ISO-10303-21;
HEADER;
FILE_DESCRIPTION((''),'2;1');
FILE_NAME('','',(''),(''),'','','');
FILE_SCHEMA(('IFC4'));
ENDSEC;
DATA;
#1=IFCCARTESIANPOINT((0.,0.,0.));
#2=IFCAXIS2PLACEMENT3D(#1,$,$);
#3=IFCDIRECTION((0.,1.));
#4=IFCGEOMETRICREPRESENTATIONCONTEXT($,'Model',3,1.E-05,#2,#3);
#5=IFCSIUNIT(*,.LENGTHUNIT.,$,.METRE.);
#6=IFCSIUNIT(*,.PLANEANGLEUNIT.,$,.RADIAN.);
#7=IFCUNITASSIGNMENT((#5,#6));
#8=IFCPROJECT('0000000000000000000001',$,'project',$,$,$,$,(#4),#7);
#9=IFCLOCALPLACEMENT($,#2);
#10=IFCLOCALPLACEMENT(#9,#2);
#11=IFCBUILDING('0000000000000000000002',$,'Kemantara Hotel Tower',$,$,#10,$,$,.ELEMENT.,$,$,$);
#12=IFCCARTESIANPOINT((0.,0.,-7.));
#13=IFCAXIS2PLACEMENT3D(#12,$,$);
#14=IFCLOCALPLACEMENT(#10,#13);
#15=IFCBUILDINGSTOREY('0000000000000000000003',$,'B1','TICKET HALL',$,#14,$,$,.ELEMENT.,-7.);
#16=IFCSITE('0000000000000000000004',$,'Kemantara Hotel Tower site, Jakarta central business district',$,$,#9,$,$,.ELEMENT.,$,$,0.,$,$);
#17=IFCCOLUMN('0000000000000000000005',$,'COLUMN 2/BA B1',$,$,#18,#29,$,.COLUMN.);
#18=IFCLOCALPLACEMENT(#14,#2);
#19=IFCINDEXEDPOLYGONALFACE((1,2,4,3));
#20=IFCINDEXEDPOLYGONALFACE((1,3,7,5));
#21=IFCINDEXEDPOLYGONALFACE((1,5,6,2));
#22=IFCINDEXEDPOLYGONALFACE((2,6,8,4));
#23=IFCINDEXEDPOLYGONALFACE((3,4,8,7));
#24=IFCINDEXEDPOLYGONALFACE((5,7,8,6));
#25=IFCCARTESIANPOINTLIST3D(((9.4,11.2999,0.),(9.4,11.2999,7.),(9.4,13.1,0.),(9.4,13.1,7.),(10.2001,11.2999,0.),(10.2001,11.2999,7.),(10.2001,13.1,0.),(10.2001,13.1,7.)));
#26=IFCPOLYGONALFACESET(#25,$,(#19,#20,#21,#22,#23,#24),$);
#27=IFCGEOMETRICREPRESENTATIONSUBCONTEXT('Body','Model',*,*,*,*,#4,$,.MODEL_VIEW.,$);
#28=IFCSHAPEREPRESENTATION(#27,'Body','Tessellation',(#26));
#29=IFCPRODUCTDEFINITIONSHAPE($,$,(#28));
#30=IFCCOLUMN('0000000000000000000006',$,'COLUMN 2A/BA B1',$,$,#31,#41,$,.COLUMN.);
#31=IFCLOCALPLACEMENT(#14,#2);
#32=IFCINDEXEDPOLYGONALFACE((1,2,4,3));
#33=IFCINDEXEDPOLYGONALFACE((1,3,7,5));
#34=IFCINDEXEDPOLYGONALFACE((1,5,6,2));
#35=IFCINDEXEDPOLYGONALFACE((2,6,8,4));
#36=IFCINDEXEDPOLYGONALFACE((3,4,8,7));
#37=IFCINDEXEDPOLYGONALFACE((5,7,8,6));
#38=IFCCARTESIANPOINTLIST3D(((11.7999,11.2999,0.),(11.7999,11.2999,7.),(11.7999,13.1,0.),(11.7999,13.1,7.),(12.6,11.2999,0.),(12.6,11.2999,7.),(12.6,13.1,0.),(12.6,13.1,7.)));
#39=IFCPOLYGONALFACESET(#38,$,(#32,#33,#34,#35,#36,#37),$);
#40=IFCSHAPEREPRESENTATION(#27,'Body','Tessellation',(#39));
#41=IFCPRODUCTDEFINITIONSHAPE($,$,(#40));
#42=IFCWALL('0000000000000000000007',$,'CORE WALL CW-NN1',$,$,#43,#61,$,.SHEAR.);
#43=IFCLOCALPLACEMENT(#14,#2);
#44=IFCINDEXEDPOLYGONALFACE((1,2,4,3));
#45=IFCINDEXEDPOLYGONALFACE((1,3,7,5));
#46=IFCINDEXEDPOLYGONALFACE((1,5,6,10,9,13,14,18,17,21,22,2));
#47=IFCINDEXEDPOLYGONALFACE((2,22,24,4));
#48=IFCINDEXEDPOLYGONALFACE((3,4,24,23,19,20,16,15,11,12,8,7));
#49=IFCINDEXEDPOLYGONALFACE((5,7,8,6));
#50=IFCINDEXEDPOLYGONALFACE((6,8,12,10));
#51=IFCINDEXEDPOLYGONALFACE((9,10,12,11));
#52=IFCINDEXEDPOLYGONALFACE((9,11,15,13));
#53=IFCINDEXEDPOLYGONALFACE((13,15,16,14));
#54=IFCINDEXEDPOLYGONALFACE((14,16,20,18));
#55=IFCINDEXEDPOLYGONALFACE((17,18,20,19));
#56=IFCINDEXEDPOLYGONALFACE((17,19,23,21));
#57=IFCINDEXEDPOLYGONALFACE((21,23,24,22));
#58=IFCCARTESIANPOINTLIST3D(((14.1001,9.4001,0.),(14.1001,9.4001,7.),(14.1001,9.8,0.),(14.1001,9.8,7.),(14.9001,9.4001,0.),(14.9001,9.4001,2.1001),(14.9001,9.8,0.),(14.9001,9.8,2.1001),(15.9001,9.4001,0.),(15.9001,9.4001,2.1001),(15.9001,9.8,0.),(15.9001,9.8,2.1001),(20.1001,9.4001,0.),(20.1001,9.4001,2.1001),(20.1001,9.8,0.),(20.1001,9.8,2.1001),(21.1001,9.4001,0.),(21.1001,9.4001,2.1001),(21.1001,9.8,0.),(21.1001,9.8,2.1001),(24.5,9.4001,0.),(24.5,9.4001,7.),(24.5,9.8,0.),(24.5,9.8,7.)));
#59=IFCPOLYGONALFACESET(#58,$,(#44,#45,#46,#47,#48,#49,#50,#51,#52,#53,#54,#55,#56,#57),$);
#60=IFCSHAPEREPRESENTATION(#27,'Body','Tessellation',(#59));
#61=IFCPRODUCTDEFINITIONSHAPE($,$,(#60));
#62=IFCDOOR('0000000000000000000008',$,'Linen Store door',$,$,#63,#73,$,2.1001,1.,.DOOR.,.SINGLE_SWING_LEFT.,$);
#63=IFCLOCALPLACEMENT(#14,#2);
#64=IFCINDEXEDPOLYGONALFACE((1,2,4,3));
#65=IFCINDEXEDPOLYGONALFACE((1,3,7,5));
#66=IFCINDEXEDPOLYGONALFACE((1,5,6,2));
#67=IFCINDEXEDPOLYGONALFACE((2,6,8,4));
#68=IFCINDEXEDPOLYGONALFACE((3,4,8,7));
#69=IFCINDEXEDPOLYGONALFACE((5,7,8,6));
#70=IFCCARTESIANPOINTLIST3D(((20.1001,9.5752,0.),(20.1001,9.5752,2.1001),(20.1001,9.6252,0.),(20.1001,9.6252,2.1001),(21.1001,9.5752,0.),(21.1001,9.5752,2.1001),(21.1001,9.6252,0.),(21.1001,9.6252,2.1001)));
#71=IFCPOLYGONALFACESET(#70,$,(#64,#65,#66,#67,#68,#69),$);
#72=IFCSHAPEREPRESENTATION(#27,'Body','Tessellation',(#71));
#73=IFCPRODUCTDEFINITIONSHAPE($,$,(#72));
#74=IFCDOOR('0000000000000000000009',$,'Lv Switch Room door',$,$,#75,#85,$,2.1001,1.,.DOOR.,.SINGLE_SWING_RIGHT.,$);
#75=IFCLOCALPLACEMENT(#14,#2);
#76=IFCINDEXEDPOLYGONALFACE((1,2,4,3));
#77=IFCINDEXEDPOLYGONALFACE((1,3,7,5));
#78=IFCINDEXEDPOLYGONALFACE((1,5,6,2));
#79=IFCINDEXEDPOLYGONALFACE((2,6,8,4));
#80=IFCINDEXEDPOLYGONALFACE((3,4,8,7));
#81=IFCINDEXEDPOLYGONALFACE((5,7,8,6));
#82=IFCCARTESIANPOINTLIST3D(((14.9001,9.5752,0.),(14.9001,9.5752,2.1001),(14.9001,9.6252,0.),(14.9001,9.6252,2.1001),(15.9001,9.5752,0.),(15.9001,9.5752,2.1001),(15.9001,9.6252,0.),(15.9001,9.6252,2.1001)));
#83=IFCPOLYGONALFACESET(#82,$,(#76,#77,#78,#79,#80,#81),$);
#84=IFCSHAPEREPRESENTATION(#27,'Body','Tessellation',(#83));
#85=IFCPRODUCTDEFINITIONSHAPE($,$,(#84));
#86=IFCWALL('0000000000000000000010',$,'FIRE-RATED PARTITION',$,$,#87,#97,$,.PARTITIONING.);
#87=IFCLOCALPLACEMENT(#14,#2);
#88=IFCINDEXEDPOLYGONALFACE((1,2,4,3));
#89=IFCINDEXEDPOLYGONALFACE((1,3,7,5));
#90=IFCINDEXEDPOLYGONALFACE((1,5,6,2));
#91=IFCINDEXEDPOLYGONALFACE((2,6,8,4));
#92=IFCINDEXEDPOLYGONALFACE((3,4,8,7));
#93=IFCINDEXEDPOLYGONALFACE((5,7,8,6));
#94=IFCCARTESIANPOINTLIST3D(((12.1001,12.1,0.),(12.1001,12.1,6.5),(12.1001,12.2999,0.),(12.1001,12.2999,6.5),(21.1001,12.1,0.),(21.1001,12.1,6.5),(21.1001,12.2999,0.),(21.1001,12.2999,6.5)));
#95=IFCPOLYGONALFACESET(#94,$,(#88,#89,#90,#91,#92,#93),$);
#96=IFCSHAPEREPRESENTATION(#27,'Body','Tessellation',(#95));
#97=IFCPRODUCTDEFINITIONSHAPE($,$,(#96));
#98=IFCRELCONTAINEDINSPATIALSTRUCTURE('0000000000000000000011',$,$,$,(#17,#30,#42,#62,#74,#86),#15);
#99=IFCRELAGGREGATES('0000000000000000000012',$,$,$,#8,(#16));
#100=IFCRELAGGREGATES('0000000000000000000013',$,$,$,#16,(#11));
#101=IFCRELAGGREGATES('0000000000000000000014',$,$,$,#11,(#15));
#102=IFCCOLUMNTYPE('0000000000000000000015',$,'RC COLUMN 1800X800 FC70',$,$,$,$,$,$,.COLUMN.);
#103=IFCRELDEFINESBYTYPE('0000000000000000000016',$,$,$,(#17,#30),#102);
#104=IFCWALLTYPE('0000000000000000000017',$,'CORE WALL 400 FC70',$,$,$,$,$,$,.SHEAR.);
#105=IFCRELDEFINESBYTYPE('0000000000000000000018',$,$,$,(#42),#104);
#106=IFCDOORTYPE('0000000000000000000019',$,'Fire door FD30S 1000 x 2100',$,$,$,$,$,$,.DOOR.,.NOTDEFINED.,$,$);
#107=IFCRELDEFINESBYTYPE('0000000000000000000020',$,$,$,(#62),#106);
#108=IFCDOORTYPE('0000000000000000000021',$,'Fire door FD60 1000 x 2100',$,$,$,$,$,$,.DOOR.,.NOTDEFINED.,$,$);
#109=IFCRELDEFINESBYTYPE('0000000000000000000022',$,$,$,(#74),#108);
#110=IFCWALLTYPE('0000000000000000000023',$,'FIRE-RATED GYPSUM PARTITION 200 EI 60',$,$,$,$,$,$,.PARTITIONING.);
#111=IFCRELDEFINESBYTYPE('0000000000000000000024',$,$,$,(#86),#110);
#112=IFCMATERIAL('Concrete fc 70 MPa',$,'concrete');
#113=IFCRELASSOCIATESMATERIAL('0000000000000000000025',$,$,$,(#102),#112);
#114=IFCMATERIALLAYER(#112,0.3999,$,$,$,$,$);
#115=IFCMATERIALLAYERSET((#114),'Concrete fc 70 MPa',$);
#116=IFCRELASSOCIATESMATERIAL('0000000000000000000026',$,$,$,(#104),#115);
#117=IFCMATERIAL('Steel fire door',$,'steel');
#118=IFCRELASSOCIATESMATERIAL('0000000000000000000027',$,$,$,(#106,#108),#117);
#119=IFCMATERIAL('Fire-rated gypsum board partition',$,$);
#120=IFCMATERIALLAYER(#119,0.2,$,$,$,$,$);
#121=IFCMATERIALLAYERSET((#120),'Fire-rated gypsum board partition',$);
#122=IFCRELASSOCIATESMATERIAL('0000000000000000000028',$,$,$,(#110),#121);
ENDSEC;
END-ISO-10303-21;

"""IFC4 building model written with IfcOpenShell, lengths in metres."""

from ifc_helpers import new_model, si_unit, direction, frame, frame_2d, origin, origin_2d, place, context, subcontext, project, spatial, rectangle, extrude, material, layer, layer_set, material_profile, profile_set, type_object, element, fill, save


model = new_model("IFC4")

# Units and contexts
model_context = context("Model", 3, precision=1e-05, world=origin(), true_north=direction((0.0, 1.0)))
body_context = subcontext(model_context, "Body", "Model", "MODEL_VIEW")
ifc_project = project(units=[si_unit("LENGTHUNIT", "METRE"), si_unit("PLANEANGLEUNIT", "RADIAN")], contexts=[model_context])

# Site, building, storey
site_placement = place(None, origin())
site = spatial("IfcSite", under=ifc_project, at=site_placement, Name="Kemantara Hotel Tower site, Jakarta central business district", CompositionType="ELEMENT", RefElevation=0.0)
building_placement = place(site_placement, origin())
building = spatial("IfcBuilding", under=site, at=building_placement, Name="Kemantara Hotel Tower", CompositionType="ELEMENT")
storey_placement = place(building_placement, frame((0.0, 0.0, -7.0)))
storey = spatial("IfcBuildingStorey", under=building, at=storey_placement, Name="B1", Description="TICKET HALL", CompositionType="ELEMENT", Elevation=-7.0)

# Columns
ifc_material_1 = material(Name="Concrete fc 70 MPa", Category="concrete")
ifc_material_profile = material_profile(ifc_material_1, rectangle(XDim=1.8, YDim=0.8, at=origin_2d()), Name="RC 1800X800")
ifc_profile_set = profile_set([ifc_material_profile], Name="Concrete fc 70 MPa")
column_type = type_object("IfcColumnType", Name="RC COLUMN 1800X800 FC70", PredefinedType="COLUMN", material=ifc_profile_set)
for number, where, z_axis, x_axis, name in (
    (1, (9.8, 12.2, 0.0), (0.0, 0.0, 1.0), (0.0, 1.0, 0.0), "COLUMN 2/BA B1"),
    (2, (12.2, 12.2, 0.0), (0.0, 0.0, 1.0), (0.0, 1.0, 0.0), "COLUMN 2A/BA B1"),
):
    element("IfcColumn", number, at=place(storey_placement, frame(where, z_axis=z_axis, x_axis=x_axis)), inside=storey, type_object=column_type, Name=name, PredefinedType="COLUMN", context=body_context, shape_type="SweptSolid", body=[
        extrude(rectangle(XDim=1.8, YDim=0.8, at=origin_2d()), origin(), (0.0, 0.0, 1.0), 7.0),
    ])

# Wall, openings, doors
ifc_layer_1 = layer(ifc_material_1, 0.3999)
ifc_layer_set_1 = layer_set([ifc_layer_1], Name="Concrete fc 70 MPa")
wall_type_1 = type_object("IfcWallType", Name="CORE WALL 400 FC70", PredefinedType="SHEAR", material=ifc_layer_set_1)
wall_1_placement = place(storey_placement, frame((14.1001, 9.6001, 0.0), z_axis=(0.0, 0.0, 1.0), x_axis=(1.0, 0.0, 0.0)))
wall_1 = element("IfcWall", 3, at=wall_1_placement, inside=storey, type_object=wall_type_1, Name="CORE WALL CW-NN1", PredefinedType="SHEAR", context=body_context, shape_type="SweptSolid", body=[
    extrude(rectangle(XDim=10.3999, YDim=0.3999, at=frame_2d((5.2, 0.0))), origin(), (0.0, 0.0, 1.0), 7.0),
])
opening_1_placement = place(wall_1_placement, frame((0.8, 0.0, 0.0)))
opening_1 = element("IfcOpeningElement", 4, at=opening_1_placement, cuts=wall_1, PredefinedType="OPENING", context=body_context, shape_type="SweptSolid", body=[
    extrude(rectangle(XDim=1.0, YDim=2.1001, at=frame_2d((0.5, 1.05))), frame((0.0, 0.21, 0.0), z_axis=(0.0, -1.0, 0.0), x_axis=(1.0, 0.0, 0.0)), (0.0, 0.0, 1.0), 0.4199),
])
opening_2_placement = place(wall_1_placement, frame((6.0, 0.0, 0.0)))
opening_2 = element("IfcOpeningElement", 5, at=opening_2_placement, cuts=wall_1, PredefinedType="OPENING", context=body_context, shape_type="SweptSolid", body=[
    extrude(rectangle(XDim=1.0, YDim=2.1001, at=frame_2d((0.5, 1.05))), frame((0.0, 0.21, 0.0), z_axis=(0.0, -1.0, 0.0), x_axis=(1.0, 0.0, 0.0)), (0.0, 0.0, 1.0), 0.4199),
])
ifc_material_2 = material(Name="Steel fire door", Category="steel")
door_type_1 = type_object("IfcDoorType", Name="Fire door FD30S 1000 x 2100", OperationType="NOTDEFINED", PredefinedType="DOOR", material=ifc_material_2)
door_1_placement = place(opening_2_placement, frame((1.0, 0.0, 0.0), z_axis=(0.0, 0.0, 1.0), x_axis=(-1.0, 0.0, 0.0)))
door_1 = element("IfcDoor", 6, at=door_1_placement, inside=storey, type_object=door_type_1, Name="Linen Store door", OperationType="SINGLE_SWING_LEFT", OverallHeight=2.1001, OverallWidth=1.0, PredefinedType="DOOR", context=body_context, shape_type="SweptSolid", body=[
    extrude(rectangle(XDim=1.0, YDim=2.1001, at=frame_2d((0.5, 1.05))), frame((0.0, 0.0249, 0.0), z_axis=(0.0, -1.0, 0.0), x_axis=(1.0, 0.0, 0.0)), (0.0, 0.0, 1.0), 0.05),
])
fill(opening_2, door_1)
door_type_2 = type_object("IfcDoorType", Name="Fire door FD60 1000 x 2100", OperationType="NOTDEFINED", PredefinedType="DOOR", material=ifc_material_2)
door_2_placement = place(opening_1_placement, frame((1.0, 0.0, 0.0), z_axis=(0.0, 0.0, 1.0), x_axis=(-1.0, 0.0, 0.0)))
door_2 = element("IfcDoor", 7, at=door_2_placement, inside=storey, type_object=door_type_2, Name="Lv Switch Room door", OperationType="SINGLE_SWING_RIGHT", OverallHeight=2.1001, OverallWidth=1.0, PredefinedType="DOOR", context=body_context, shape_type="SweptSolid", body=[
    extrude(rectangle(XDim=1.0, YDim=2.1001, at=frame_2d((0.5, 1.05))), frame((0.0, 0.0249, 0.0), z_axis=(0.0, -1.0, 0.0), x_axis=(1.0, 0.0, 0.0)), (0.0, 0.0, 1.0), 0.05),
])
fill(opening_1, door_2)

# Wall
ifc_material_3 = material(Name="Fire-rated gypsum board partition")
ifc_layer_2 = layer(ifc_material_3, 0.2)
ifc_layer_set_2 = layer_set([ifc_layer_2], Name="Fire-rated gypsum board partition")
wall_type_2 = type_object("IfcWallType", Name="FIRE-RATED GYPSUM PARTITION 200 EI 60", PredefinedType="PARTITIONING", material=ifc_layer_set_2)
wall_2_placement = place(storey_placement, frame((12.1001, 12.2, 0.0), z_axis=(0.0, 0.0, 1.0), x_axis=(1.0, 0.0, 0.0)))
element("IfcWall", 8, at=wall_2_placement, inside=storey, type_object=wall_type_2, Name="FIRE-RATED PARTITION", PredefinedType="PARTITIONING", context=body_context, shape_type="SweptSolid", body=[
    extrude(rectangle(XDim=9.0, YDim=0.2, at=frame_2d((4.5, 0.0))), origin(), (0.0, 0.0, 1.0), 6.5),
])

save(model, "model.ifc")
